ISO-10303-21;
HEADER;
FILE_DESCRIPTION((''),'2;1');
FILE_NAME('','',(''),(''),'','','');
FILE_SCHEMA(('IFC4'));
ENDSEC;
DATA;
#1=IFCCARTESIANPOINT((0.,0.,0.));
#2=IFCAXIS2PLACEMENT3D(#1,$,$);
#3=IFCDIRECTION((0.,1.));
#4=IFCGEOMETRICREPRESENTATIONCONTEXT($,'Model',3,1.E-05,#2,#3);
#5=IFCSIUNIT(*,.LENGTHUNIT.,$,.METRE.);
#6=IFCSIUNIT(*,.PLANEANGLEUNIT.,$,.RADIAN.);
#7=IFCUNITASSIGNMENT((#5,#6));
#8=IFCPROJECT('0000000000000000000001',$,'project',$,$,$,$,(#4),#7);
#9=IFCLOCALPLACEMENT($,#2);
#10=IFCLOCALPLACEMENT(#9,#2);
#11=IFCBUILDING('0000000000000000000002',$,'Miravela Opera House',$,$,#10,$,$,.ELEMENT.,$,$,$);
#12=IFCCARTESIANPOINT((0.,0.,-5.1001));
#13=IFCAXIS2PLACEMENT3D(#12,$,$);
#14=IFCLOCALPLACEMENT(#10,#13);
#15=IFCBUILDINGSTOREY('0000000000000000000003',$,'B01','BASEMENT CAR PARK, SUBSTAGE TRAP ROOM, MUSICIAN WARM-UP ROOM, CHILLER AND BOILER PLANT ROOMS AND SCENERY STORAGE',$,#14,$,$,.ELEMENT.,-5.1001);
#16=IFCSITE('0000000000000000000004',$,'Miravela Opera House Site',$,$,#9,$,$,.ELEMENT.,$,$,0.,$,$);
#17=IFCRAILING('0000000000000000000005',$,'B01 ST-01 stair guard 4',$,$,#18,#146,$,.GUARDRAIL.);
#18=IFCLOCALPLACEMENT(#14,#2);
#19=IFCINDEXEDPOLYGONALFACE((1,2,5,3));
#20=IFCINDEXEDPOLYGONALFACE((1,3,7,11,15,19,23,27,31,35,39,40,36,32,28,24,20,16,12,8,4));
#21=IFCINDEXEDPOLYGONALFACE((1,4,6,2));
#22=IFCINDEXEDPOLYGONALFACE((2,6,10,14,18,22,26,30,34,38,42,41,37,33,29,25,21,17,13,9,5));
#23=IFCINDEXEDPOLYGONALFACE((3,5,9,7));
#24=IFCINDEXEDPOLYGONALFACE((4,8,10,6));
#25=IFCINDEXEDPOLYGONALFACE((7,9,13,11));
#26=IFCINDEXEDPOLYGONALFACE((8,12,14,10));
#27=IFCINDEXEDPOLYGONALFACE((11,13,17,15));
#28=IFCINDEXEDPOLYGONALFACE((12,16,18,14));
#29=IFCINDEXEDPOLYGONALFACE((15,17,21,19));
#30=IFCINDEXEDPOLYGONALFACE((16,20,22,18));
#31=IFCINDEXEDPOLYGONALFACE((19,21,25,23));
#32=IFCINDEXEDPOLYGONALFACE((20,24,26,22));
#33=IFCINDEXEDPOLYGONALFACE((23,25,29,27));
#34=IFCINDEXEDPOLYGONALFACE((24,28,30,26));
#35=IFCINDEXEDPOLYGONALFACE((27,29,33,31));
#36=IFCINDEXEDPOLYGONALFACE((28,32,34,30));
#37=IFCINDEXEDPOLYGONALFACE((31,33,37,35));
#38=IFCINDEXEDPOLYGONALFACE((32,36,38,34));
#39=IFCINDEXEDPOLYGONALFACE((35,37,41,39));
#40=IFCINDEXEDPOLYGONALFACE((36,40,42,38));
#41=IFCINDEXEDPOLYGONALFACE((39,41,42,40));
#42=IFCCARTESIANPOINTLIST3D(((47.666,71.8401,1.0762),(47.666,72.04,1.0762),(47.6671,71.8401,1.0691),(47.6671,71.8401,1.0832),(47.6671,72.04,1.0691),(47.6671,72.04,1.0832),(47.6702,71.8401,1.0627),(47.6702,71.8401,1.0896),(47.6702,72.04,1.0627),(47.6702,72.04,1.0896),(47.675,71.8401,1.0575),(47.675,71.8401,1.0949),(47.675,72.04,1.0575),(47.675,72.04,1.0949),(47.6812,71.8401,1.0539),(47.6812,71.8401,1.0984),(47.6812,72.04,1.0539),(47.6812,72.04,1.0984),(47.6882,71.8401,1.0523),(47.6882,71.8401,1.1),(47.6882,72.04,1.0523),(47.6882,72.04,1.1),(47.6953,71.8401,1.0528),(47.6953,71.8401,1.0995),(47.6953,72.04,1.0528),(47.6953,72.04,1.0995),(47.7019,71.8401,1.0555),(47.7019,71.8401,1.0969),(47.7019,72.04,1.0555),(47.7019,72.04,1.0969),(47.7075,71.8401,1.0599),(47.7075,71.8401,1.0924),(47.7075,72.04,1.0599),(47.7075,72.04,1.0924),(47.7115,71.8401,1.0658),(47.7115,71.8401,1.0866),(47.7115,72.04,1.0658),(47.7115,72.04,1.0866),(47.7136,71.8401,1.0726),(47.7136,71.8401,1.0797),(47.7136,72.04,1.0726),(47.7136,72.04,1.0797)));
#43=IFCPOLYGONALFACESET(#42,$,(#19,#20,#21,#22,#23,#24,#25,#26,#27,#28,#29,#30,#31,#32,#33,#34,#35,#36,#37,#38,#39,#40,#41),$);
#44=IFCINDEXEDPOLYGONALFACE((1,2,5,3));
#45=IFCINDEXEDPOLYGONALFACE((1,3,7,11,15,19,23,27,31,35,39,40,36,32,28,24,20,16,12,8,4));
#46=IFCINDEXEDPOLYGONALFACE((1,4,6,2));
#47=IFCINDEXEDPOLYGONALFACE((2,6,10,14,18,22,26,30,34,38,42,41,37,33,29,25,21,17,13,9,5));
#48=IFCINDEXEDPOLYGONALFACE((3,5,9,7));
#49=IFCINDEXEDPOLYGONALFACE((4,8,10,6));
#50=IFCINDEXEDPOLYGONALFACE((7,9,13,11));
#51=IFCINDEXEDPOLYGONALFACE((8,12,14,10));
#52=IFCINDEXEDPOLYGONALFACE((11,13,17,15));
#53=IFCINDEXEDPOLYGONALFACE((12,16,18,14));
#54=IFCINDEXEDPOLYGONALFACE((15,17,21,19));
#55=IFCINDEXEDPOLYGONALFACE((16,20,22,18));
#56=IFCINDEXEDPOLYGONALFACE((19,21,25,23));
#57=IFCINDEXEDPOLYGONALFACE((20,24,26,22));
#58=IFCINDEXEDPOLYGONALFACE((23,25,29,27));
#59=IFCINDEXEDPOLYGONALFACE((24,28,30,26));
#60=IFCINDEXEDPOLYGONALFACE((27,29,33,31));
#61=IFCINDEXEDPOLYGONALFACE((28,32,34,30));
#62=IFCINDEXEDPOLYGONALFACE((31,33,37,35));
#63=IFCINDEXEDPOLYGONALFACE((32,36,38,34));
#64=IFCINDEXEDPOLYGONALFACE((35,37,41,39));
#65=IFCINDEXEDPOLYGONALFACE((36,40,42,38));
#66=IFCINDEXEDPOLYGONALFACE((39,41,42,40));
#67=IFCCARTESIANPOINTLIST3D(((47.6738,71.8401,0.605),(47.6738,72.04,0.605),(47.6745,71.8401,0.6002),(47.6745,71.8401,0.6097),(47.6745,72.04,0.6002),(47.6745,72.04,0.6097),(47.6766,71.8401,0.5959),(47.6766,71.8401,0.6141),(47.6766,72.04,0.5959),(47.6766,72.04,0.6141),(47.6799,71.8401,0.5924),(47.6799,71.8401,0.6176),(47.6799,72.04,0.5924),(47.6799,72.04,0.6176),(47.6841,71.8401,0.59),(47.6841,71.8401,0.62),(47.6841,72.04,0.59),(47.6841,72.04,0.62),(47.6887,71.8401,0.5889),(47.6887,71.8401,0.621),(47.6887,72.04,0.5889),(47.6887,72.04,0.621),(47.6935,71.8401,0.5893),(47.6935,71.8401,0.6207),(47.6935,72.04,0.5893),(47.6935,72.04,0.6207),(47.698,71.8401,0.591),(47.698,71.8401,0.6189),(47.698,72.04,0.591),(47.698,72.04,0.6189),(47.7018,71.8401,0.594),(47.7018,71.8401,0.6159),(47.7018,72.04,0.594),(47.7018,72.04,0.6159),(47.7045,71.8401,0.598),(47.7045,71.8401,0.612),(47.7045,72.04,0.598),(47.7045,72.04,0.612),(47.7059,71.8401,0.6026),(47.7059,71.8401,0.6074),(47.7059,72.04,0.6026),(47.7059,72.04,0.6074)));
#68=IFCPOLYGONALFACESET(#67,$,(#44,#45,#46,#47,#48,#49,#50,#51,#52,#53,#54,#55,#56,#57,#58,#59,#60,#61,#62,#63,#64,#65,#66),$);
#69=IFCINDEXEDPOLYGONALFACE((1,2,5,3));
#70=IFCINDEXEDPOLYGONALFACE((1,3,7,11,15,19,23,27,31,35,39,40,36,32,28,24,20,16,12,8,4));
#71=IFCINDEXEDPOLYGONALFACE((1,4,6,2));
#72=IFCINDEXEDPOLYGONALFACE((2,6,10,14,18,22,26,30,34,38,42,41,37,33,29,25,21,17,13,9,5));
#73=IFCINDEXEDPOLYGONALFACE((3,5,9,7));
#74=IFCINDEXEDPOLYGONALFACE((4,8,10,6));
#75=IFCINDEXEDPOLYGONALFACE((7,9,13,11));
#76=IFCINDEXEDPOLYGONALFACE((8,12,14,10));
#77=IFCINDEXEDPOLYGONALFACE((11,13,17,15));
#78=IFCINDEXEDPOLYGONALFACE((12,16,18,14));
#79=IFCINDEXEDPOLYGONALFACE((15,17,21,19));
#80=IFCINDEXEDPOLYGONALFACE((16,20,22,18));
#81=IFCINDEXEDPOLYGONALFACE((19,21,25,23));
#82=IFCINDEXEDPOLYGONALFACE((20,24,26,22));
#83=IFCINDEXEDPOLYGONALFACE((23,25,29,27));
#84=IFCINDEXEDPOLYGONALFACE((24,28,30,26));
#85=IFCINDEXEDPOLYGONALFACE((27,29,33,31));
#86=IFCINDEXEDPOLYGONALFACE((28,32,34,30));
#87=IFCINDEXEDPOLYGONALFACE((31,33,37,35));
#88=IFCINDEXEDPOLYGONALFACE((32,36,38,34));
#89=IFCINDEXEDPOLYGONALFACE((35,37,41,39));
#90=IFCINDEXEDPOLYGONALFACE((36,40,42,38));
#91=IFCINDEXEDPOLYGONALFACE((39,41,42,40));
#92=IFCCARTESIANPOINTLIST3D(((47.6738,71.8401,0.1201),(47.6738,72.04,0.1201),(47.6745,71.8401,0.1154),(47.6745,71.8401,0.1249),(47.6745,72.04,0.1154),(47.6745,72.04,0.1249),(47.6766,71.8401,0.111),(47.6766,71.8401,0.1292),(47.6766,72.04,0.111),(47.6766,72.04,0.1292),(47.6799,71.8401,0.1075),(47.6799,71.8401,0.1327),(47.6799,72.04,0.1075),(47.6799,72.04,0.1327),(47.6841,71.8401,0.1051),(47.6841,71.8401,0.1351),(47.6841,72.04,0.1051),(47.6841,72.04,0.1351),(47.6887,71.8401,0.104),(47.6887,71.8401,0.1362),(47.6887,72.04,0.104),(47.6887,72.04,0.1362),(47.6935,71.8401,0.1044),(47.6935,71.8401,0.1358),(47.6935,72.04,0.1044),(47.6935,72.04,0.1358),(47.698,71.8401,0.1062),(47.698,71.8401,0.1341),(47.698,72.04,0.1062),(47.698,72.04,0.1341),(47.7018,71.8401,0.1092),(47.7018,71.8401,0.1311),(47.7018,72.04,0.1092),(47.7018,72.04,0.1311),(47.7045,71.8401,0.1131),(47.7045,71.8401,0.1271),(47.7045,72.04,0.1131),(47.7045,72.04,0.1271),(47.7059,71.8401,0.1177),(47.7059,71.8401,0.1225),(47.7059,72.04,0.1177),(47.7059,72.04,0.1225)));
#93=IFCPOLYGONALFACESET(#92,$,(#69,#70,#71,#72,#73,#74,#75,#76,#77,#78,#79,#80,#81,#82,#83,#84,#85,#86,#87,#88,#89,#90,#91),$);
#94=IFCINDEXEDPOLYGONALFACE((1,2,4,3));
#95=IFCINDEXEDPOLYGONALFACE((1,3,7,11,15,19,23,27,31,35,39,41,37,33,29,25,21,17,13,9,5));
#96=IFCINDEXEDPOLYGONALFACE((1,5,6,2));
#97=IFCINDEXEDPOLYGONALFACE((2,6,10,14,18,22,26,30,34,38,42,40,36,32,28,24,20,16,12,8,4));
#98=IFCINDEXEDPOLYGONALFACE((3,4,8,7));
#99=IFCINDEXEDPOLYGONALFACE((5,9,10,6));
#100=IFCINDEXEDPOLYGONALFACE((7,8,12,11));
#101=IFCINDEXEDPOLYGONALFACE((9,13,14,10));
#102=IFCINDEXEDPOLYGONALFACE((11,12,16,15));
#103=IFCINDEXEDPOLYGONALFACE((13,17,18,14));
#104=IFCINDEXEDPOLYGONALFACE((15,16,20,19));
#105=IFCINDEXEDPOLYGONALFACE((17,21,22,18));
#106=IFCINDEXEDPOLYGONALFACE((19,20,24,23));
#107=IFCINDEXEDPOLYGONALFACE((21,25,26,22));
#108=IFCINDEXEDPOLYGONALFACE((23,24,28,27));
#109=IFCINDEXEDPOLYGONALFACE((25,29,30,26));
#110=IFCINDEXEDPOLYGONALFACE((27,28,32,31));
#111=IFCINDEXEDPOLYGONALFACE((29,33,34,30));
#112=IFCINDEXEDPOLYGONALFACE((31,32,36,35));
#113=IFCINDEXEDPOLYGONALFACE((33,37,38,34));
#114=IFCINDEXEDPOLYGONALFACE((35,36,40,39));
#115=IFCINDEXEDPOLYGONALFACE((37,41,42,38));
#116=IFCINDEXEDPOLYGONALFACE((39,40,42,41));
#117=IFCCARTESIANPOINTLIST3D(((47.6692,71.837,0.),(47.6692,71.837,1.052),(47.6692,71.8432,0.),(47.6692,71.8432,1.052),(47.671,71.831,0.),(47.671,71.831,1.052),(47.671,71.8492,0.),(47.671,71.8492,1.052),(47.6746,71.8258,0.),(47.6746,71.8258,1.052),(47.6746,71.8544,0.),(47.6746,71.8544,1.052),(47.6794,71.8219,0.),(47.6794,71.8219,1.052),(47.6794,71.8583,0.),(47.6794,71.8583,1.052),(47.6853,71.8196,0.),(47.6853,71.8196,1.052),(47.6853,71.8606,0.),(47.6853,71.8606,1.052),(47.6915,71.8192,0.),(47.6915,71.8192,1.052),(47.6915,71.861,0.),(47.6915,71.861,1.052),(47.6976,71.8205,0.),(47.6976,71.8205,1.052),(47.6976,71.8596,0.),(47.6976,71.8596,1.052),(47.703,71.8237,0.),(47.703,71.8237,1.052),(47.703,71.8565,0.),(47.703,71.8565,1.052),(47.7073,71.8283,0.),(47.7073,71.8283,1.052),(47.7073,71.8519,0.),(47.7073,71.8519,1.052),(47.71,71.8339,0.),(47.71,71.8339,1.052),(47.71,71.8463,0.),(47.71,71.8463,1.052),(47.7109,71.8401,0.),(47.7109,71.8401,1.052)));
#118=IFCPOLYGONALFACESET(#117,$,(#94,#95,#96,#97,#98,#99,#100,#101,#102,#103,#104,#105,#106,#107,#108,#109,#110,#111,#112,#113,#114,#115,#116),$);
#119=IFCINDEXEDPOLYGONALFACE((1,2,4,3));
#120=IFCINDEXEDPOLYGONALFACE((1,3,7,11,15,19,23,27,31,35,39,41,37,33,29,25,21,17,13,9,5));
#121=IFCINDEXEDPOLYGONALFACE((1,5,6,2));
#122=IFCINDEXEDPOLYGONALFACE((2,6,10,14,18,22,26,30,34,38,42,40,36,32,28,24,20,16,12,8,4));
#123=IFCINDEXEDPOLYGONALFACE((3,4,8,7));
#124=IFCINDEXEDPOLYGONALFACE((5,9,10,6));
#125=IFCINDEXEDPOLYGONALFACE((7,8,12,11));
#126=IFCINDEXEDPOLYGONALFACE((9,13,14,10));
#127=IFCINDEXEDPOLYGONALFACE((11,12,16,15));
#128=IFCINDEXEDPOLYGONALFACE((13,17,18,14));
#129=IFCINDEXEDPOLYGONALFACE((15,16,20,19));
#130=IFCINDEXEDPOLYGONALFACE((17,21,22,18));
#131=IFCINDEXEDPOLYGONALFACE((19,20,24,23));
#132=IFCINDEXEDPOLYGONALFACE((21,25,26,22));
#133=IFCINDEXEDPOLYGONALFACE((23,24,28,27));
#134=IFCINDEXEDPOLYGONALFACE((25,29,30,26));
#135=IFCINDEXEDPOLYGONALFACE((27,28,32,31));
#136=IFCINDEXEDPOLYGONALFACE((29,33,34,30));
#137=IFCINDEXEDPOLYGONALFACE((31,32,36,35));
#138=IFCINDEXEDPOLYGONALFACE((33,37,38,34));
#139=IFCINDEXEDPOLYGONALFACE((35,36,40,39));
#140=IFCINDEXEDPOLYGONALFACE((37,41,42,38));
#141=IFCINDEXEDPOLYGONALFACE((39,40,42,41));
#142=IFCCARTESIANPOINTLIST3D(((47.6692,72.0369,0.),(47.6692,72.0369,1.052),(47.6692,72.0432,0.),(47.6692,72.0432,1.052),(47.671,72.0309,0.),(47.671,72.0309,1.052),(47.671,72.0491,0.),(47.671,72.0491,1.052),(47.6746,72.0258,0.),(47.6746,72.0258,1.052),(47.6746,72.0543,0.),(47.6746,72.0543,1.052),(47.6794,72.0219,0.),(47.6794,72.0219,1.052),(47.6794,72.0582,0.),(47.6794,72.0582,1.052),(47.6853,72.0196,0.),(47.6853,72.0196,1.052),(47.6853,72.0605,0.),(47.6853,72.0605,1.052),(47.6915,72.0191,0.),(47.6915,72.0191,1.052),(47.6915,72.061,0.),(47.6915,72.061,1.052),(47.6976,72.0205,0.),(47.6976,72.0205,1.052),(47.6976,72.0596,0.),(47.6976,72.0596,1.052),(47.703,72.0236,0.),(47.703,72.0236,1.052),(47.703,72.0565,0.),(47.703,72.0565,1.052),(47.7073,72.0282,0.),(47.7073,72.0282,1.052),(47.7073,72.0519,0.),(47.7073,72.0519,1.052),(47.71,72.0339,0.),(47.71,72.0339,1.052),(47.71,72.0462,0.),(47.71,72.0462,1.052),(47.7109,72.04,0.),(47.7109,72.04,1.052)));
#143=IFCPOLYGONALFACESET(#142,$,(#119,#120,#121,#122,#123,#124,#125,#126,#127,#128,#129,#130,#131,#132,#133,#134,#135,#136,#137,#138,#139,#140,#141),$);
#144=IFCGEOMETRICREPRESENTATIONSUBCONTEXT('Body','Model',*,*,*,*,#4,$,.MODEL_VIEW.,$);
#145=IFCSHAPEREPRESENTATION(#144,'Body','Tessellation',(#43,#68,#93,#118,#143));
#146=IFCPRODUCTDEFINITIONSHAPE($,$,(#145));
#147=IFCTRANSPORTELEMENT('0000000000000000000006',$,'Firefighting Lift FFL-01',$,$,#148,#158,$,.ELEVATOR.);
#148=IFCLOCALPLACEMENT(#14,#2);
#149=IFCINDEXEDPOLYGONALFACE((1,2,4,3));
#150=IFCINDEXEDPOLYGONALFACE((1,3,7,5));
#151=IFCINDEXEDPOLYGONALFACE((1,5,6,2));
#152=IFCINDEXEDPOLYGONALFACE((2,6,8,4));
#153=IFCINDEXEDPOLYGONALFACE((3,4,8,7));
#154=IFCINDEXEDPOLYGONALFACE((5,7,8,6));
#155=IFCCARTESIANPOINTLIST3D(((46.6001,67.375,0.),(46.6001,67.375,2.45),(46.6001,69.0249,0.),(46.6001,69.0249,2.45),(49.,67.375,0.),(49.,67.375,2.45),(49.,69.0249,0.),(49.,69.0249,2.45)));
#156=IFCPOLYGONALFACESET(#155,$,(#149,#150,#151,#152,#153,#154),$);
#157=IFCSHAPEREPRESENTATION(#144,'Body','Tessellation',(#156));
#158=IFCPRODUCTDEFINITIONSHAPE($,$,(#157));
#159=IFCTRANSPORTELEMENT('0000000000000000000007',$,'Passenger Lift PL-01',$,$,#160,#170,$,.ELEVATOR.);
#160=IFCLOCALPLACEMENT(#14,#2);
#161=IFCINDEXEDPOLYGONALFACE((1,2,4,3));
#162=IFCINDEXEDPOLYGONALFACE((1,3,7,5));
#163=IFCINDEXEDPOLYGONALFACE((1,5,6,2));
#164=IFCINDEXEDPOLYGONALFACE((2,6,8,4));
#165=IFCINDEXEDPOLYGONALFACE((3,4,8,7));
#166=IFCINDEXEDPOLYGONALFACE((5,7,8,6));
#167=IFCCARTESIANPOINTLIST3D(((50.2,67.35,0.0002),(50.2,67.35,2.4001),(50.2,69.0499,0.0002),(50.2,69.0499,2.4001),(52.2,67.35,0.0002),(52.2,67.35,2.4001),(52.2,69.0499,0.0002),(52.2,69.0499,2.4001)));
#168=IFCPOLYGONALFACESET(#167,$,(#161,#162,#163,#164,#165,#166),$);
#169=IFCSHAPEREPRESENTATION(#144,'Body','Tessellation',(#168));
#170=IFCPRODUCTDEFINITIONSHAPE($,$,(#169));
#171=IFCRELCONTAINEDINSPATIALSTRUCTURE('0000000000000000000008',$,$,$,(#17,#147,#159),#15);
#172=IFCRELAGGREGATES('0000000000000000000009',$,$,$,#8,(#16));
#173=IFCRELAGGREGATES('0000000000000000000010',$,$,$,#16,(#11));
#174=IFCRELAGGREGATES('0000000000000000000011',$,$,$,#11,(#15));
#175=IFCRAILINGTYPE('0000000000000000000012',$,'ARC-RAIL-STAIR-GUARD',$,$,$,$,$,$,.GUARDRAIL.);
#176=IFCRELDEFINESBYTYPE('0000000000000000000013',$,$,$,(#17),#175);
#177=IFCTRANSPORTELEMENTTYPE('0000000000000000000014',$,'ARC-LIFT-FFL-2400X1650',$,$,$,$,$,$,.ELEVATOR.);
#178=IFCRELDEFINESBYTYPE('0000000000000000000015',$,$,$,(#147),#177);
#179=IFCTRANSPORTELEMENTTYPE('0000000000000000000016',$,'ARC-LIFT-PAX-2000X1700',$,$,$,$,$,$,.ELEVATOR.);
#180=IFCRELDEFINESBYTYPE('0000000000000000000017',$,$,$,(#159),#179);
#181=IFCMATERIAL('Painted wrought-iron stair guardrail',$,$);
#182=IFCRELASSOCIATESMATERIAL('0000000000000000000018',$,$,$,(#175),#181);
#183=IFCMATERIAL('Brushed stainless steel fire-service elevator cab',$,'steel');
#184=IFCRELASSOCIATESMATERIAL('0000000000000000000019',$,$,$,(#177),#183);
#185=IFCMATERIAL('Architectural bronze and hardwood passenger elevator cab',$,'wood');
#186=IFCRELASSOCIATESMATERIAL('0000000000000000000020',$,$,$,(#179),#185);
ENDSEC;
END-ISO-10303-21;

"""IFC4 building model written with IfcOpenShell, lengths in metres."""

from ifc_helpers import new_model, si_unit, direction, frame, origin, origin_2d, place, context, subcontext, project, spatial, rectangle, circle, extrude, material, type_object, element, save


model = new_model("IFC4")

# Units and contexts
model_context = context("Model", 3, precision=1e-05, world=origin(), true_north=direction((0.0, 1.0)))
body_context = subcontext(model_context, "Body", "Model", "MODEL_VIEW")
ifc_project = project(units=[si_unit("LENGTHUNIT", "METRE"), si_unit("PLANEANGLEUNIT", "RADIAN")], contexts=[model_context])

# Site, building, storey
site_placement = place(None, origin())
site = spatial("IfcSite", under=ifc_project, at=site_placement, Name="Miravela Opera House Site", CompositionType="ELEMENT", RefElevation=0.0)
building_placement = place(site_placement, origin())
building = spatial("IfcBuilding", under=site, at=building_placement, Name="Miravela Opera House", CompositionType="ELEMENT")
storey_placement = place(building_placement, frame((0.0, 0.0, -5.1001)))
storey = spatial("IfcBuildingStorey", under=building, at=storey_placement, Name="B01", Description="BASEMENT CAR PARK, SUBSTAGE TRAP ROOM, MUSICIAN WARM-UP ROOM, CHILLER AND BOILER PLANT ROOMS AND SCENERY STORAGE", CompositionType="ELEMENT", Elevation=-5.1001)

# Railing
ifc_material_1 = material(Name="Painted wrought-iron stair guardrail")
railing_type_1 = type_object("IfcRailingType", Name="ARC-RAIL-STAIR-GUARD", PredefinedType="GUARDRAIL", material=ifc_material_1)
railing_1_placement = place(storey_placement, frame((47.6899, 71.8401, 0.0)))
element("IfcRailing", 1, at=railing_1_placement, inside=storey, type_object=railing_type_1, Name="B01 ST-01 stair guard 4", PredefinedType="GUARDRAIL", context=body_context, shape_type="SweptSolid", body=[
    extrude(circle(Radius=0.0239, at=origin_2d()), frame((0.0, 0.0, 1.0762), z_axis=(0.0, 1.0, 0.0), x_axis=(-1.0, 0.0, 0.0)), (0.0, 0.0, 1.0), 0.2),
    extrude(circle(Radius=0.0161, at=origin_2d()), frame((0.0, 0.0, 0.605), z_axis=(0.0, 1.0, 0.0), x_axis=(-1.0, 0.0, 0.0)), (0.0, 0.0, 1.0), 0.2),
    extrude(circle(Radius=0.0161, at=origin_2d()), frame((0.0, 0.0, 0.1201), z_axis=(0.0, 1.0, 0.0), x_axis=(-1.0, 0.0, 0.0)), (0.0, 0.0, 1.0), 0.2),
    extrude(circle(Radius=0.021, at=origin_2d()), origin(), (0.0, 0.0, 1.0), 1.052),
    extrude(circle(Radius=0.021, at=origin_2d()), frame((0.0, 0.2, 0.0)), (0.0, 0.0, 1.0), 1.052),
])

# Transport elements
ifc_material_2 = material(Name="Brushed stainless steel fire-service elevator cab", Category="steel")
transport_element_type_1 = type_object("IfcTransportElementType", Name="ARC-LIFT-FFL-2400X1650", PredefinedType="ELEVATOR", material=ifc_material_2)
transport_element_1_placement = place(storey_placement, frame((47.8, 68.2, 0.0), z_axis=(0.0, 0.0, 1.0), x_axis=(1.0, 0.0, 0.0)))
element("IfcTransportElement", 2, at=transport_element_1_placement, inside=storey, type_object=transport_element_type_1, Name="Firefighting Lift FFL-01", PredefinedType="ELEVATOR", context=body_context, shape_type="SweptSolid", body=[
    extrude(rectangle(XDim=2.3999, YDim=1.6499, at=origin_2d()), origin(), (0.0, 0.0, 1.0), 2.45),
])
ifc_material_3 = material(Name="Architectural bronze and hardwood passenger elevator cab", Category="wood")
transport_element_type_2 = type_object("IfcTransportElementType", Name="ARC-LIFT-PAX-2000X1700", PredefinedType="ELEVATOR", material=ifc_material_3)
transport_element_2_placement = place(storey_placement, frame((51.2, 68.2, 0.0002), z_axis=(0.0, 0.0, 1.0), x_axis=(1.0, 0.0, 0.0)))
element("IfcTransportElement", 3, at=transport_element_2_placement, inside=storey, type_object=transport_element_type_2, Name="Passenger Lift PL-01", PredefinedType="ELEVATOR", context=body_context, shape_type="SweptSolid", body=[
    extrude(rectangle(XDim=2.0, YDim=1.7, at=origin_2d()), origin(), (0.0, 0.0, 1.0), 2.3999),
])

save(model, "model.ifc")
